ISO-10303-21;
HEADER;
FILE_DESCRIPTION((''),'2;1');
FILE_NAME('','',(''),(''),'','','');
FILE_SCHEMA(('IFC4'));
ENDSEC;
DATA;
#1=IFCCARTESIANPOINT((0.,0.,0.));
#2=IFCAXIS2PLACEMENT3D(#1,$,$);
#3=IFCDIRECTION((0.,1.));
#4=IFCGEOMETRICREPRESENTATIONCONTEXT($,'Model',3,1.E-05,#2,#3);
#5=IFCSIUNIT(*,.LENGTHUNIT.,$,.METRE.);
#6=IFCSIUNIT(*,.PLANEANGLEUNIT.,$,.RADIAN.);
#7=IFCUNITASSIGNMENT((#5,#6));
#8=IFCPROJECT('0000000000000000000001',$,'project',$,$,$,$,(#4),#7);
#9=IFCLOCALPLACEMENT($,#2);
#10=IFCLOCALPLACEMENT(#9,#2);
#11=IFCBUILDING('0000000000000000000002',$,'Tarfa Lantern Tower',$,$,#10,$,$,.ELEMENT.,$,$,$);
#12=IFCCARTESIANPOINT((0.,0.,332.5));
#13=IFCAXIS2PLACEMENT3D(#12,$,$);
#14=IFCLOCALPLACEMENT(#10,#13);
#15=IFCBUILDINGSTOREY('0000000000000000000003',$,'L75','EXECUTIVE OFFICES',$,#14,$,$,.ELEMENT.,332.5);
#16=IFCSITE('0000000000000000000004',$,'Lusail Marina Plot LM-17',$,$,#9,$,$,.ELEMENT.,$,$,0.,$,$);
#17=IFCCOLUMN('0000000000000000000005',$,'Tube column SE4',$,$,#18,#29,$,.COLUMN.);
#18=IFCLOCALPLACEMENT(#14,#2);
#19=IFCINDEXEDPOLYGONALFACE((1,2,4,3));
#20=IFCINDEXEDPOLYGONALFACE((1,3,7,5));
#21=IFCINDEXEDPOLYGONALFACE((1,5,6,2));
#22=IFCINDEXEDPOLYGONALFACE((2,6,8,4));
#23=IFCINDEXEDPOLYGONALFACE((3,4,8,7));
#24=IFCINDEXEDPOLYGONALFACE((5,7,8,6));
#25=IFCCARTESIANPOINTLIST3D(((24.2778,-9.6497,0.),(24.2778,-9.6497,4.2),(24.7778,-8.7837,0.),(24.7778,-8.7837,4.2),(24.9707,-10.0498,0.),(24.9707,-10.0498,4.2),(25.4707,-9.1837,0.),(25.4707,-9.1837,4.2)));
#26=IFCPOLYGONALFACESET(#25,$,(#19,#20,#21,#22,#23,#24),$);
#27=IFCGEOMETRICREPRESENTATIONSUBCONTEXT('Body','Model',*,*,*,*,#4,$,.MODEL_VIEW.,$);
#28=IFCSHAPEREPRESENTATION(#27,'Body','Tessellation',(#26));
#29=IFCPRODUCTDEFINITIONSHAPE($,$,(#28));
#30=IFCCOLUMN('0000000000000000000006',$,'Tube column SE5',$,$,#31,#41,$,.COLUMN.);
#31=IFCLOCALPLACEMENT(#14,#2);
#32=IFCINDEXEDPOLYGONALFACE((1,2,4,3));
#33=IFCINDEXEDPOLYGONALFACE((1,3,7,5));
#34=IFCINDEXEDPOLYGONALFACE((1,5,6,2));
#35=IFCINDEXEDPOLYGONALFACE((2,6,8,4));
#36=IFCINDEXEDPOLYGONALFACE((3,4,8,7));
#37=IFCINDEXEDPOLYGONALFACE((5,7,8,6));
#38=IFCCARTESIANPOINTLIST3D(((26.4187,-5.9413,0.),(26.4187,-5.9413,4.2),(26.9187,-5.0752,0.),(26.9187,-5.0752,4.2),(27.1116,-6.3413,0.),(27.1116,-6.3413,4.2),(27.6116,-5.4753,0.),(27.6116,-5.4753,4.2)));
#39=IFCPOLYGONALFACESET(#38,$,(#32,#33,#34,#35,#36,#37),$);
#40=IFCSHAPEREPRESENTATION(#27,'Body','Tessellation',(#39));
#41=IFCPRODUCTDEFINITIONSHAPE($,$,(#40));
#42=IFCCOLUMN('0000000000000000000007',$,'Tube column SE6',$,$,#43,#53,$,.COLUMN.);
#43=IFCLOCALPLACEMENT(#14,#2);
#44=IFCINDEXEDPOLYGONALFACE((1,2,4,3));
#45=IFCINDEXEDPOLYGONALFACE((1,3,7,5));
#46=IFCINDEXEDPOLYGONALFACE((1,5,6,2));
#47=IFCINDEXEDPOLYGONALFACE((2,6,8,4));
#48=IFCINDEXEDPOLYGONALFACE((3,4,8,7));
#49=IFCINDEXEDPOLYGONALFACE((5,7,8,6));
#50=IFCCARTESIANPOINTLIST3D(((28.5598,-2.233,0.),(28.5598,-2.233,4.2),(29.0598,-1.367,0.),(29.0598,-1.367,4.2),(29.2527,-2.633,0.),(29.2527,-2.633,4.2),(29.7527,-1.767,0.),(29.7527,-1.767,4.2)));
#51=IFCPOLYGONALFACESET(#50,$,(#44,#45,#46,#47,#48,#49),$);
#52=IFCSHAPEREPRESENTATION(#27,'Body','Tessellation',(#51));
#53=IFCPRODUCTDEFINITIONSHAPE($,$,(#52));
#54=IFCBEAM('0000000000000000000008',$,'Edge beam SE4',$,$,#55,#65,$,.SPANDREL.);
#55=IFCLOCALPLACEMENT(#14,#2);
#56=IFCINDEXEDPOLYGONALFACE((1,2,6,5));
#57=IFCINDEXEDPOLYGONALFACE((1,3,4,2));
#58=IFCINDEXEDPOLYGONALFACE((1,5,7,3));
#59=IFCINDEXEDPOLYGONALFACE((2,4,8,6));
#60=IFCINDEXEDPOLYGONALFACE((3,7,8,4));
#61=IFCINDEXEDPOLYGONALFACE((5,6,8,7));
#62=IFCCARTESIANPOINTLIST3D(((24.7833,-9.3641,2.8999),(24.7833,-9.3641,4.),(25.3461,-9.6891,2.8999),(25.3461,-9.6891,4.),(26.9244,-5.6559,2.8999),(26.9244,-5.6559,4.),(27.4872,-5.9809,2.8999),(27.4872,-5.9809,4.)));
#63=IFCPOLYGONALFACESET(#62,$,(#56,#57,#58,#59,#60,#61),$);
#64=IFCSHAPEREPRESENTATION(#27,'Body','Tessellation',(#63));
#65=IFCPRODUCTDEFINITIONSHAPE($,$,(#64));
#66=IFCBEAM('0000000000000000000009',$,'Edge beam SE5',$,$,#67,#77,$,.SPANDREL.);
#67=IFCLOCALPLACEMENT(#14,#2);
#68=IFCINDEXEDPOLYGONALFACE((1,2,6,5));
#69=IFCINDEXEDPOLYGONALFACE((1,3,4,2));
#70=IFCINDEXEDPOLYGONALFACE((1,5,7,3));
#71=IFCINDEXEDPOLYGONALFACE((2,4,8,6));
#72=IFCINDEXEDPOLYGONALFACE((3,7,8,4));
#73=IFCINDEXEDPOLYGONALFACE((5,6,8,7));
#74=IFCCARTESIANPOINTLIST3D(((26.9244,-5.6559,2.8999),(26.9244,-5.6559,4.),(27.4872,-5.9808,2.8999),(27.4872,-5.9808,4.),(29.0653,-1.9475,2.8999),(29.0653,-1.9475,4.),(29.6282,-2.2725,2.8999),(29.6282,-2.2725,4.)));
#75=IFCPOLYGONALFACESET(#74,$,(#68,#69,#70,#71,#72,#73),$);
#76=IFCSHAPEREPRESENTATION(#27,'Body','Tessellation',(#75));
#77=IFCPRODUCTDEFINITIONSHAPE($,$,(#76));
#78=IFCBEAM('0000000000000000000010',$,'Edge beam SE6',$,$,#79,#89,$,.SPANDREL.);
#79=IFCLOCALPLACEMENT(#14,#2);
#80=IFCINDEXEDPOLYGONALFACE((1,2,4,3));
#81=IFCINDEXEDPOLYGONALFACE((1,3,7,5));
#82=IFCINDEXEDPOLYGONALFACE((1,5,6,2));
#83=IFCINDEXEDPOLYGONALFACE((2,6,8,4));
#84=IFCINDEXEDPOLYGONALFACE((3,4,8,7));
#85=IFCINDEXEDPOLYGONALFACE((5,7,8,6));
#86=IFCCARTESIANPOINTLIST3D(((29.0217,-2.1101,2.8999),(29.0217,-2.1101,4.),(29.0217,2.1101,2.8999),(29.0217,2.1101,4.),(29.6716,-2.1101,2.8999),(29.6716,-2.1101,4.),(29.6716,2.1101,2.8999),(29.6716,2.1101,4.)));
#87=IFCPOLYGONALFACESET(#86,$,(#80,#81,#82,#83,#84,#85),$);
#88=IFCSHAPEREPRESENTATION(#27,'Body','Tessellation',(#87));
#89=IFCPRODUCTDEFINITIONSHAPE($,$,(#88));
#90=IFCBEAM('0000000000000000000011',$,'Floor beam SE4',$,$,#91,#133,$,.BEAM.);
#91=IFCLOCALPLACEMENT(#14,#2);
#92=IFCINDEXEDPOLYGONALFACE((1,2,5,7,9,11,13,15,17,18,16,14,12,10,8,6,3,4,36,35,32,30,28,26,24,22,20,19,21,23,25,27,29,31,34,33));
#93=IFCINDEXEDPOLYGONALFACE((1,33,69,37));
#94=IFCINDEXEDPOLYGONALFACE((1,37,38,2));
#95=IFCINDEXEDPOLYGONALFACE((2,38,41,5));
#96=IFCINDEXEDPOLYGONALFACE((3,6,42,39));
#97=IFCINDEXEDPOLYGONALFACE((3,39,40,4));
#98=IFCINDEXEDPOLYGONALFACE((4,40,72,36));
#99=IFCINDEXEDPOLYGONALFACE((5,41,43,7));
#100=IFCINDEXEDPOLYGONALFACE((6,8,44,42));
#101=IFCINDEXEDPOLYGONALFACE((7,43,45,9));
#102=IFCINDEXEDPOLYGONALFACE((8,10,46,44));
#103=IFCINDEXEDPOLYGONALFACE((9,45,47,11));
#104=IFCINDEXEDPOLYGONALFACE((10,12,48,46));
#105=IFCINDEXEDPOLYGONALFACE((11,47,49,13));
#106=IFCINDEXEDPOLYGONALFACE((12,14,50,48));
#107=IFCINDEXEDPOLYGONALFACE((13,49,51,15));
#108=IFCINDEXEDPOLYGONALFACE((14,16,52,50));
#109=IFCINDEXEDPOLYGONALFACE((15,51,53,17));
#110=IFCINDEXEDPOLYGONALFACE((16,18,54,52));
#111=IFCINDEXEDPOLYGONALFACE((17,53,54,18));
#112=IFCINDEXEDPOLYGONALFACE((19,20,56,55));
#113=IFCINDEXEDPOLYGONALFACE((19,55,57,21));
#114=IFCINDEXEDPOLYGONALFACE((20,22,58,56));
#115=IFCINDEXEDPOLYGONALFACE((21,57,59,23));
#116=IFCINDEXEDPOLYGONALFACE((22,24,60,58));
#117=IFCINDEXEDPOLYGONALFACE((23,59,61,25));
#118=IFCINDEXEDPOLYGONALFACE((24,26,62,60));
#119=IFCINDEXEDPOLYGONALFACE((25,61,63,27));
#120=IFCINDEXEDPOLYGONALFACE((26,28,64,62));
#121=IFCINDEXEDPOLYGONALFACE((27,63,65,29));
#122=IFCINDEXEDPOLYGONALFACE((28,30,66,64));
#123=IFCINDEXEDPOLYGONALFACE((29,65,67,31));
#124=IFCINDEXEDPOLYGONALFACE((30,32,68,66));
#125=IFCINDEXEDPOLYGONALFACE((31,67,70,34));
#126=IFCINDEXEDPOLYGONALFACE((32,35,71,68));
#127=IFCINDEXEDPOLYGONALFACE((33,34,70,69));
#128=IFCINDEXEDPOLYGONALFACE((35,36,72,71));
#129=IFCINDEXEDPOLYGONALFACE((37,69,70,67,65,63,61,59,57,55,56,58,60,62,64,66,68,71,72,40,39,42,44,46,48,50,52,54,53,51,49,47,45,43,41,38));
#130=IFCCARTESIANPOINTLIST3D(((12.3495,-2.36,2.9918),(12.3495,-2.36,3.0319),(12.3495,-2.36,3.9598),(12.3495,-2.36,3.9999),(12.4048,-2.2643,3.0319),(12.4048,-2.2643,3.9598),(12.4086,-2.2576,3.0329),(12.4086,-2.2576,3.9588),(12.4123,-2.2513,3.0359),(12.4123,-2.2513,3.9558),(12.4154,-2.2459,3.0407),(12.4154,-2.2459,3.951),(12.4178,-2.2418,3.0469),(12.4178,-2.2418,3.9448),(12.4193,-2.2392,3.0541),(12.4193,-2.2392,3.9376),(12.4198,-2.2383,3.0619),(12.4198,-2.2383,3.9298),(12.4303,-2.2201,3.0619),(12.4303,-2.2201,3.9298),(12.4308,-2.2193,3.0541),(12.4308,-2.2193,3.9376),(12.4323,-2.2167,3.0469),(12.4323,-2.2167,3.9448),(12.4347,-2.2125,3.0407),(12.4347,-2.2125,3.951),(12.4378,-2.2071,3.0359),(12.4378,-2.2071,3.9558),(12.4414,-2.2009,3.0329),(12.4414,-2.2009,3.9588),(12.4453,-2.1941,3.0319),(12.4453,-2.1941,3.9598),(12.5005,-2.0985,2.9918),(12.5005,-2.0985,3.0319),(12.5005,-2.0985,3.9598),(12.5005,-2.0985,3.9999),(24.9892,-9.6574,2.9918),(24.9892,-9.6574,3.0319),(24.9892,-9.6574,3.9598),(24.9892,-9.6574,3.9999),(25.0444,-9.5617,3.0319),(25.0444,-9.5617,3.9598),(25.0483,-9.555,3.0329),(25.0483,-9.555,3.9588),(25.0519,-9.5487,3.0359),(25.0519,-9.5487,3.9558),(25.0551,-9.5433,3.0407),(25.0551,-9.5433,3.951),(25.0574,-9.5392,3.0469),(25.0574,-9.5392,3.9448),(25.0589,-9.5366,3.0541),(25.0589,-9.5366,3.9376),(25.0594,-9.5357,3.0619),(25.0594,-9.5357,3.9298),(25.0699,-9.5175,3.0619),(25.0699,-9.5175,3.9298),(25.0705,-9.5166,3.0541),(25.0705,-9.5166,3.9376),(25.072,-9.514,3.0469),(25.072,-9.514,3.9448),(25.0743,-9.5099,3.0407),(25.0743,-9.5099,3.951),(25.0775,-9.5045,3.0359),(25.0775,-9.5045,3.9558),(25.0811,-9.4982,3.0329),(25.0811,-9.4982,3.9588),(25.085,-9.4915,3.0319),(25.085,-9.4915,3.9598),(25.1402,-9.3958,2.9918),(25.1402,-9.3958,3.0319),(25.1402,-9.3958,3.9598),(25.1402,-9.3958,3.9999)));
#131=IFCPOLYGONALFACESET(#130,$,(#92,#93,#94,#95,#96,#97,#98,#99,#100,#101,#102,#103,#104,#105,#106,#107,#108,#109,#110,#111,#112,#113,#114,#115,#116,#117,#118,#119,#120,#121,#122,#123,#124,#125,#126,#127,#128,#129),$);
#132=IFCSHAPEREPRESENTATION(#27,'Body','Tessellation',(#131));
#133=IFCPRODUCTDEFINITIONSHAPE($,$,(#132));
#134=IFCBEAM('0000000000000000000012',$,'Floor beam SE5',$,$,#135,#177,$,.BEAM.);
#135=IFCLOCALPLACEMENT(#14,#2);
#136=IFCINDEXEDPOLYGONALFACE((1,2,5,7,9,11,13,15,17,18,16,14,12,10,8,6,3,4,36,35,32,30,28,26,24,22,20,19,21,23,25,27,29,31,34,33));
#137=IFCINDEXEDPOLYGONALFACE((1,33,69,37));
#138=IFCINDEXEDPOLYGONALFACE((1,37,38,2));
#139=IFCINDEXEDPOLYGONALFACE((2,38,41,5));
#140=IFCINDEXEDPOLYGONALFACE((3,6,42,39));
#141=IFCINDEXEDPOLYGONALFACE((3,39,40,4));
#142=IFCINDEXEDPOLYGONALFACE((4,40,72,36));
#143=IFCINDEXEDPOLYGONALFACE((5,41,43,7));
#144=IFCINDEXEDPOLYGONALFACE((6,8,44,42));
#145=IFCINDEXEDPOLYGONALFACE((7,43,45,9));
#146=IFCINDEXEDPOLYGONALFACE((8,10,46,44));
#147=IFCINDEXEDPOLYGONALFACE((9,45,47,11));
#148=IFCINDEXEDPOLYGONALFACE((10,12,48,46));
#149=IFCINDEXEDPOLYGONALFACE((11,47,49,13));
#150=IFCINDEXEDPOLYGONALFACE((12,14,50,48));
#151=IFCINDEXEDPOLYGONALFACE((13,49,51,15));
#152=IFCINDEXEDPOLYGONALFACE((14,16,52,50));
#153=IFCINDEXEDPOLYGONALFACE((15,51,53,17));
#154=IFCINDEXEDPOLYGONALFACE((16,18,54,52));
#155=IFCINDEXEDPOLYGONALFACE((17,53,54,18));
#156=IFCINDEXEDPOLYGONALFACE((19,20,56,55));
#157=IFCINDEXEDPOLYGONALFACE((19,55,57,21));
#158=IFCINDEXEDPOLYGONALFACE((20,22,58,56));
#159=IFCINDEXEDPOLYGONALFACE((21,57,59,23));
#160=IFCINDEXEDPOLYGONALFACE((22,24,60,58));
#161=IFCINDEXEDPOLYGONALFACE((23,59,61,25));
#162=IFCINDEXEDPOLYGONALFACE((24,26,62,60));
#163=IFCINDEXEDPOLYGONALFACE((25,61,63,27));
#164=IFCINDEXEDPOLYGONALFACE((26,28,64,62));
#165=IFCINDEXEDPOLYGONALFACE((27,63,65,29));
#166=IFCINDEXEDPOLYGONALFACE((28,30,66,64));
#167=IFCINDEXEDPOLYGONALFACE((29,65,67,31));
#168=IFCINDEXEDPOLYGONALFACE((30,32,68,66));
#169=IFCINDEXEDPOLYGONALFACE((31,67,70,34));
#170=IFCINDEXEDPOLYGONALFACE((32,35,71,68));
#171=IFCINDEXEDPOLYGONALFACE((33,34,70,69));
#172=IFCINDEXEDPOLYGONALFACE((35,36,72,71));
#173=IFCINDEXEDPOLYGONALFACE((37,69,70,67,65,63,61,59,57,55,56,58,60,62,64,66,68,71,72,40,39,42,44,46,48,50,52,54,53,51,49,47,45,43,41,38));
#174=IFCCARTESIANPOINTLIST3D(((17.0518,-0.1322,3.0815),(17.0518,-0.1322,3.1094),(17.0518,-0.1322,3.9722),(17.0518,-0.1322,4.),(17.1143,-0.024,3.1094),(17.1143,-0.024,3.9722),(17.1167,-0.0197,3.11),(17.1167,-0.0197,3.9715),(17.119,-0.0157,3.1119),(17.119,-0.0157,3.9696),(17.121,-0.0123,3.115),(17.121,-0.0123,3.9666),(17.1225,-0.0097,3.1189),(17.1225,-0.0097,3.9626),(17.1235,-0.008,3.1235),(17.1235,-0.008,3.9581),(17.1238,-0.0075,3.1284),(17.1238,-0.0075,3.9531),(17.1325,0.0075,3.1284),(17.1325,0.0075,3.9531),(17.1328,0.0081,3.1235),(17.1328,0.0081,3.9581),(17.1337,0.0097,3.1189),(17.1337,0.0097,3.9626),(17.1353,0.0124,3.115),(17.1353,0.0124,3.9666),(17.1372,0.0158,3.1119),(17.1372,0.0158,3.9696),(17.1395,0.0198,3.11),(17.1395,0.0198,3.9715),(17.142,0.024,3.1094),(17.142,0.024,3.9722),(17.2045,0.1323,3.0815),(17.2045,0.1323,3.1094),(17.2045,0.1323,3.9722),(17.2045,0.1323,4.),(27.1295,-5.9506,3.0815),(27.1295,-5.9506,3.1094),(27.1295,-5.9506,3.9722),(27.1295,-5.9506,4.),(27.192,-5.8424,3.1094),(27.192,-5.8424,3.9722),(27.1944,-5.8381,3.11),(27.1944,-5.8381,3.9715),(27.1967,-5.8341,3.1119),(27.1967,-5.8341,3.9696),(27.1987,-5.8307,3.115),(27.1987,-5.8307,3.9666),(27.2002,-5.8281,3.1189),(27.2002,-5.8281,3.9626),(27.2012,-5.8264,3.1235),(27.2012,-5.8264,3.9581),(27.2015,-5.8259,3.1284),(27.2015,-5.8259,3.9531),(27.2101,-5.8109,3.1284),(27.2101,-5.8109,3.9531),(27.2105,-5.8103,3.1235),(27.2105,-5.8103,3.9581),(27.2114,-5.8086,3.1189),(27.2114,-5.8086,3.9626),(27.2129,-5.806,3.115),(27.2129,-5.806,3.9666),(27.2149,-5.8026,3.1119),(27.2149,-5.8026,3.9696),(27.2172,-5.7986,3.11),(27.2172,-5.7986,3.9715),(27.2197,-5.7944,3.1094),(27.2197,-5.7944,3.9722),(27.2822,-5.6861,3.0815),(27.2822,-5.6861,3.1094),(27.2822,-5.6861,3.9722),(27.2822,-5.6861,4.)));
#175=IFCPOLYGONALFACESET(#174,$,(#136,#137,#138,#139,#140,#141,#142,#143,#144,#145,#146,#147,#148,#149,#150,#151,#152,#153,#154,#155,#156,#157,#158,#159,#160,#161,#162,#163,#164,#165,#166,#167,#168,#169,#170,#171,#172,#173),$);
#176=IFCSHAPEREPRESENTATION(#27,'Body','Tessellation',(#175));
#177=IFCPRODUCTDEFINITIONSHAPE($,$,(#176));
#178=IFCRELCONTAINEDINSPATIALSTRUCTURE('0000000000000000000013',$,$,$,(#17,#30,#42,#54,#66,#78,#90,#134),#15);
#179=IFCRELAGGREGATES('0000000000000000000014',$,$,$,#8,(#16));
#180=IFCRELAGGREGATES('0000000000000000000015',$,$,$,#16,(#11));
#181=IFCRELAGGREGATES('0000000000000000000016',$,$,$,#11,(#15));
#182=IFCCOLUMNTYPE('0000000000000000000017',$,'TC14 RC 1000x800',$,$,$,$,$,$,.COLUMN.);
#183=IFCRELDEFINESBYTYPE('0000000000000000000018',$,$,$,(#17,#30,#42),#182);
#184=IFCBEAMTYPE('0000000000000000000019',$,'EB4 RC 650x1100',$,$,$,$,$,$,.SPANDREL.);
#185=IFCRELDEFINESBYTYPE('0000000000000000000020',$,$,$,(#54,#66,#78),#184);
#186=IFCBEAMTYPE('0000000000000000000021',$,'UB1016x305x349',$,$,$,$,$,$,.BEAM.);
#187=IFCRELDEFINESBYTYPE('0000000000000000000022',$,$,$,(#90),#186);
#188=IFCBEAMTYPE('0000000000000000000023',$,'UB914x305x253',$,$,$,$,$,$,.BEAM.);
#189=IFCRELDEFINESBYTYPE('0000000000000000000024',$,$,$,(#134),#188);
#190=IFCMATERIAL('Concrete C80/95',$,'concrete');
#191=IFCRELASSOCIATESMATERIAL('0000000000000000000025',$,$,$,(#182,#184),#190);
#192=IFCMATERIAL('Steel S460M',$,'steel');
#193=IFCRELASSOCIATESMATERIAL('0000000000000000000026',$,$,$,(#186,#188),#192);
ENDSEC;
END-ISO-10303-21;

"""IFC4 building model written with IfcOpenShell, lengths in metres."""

from ifc_helpers import new_model, si_unit, direction, frame, origin, origin_2d, place, context, subcontext, project, spatial, rectangle, i_section, extrude, material, material_profile, profile_set, type_object, element, save


model = new_model("IFC4")

# Units and contexts
model_context = context("Model", 3, precision=1e-05, world=origin(), true_north=direction((0.0, 1.0)))
body_context = subcontext(model_context, "Body", "Model", "MODEL_VIEW")
ifc_project = project(units=[si_unit("LENGTHUNIT", "METRE"), si_unit("PLANEANGLEUNIT", "RADIAN")], contexts=[model_context])

# Site, building, storey
site_placement = place(None, origin())
site = spatial("IfcSite", under=ifc_project, at=site_placement, Name="Lusail Marina Plot LM-17", CompositionType="ELEMENT", RefElevation=0.0)
building_placement = place(site_placement, origin())
building = spatial("IfcBuilding", under=site, at=building_placement, Name="Tarfa Lantern Tower", CompositionType="ELEMENT")
storey_placement = place(building_placement, frame((0.0, 0.0, 332.5)))
storey = spatial("IfcBuildingStorey", under=building, at=storey_placement, Name="L75", Description="EXECUTIVE OFFICES", CompositionType="ELEMENT", Elevation=332.5)

# Columns
ifc_material_1 = material(Name="Concrete C80/95", Category="concrete")
ifc_material_profile_1 = material_profile(ifc_material_1, rectangle(XDim=1.0, YDim=0.8, at=origin_2d()), Name="RC 1000x800")
ifc_profile_set_1 = profile_set([ifc_material_profile_1], Name="Concrete C80/95")
column_type = type_object("IfcColumnType", Name="TC14 RC 1000x800", PredefinedType="COLUMN", material=ifc_profile_set_1)
for number, where, z_axis, x_axis, name in (
    (1, (24.8743, -9.4167, 0.0), (0.0, 0.0, 1.0), (0.5, 0.866025, 0.0), "Tube column SE4"),
    (2, (27.0151, -5.7083, 0.0), (0.0, 0.0, 1.0), (0.5, 0.866025, 0.0), "Tube column SE5"),
    (3, (29.1562, -2.0, 0.0), (0.0, 0.0, 1.0), (0.5, 0.866025, 0.0), "Tube column SE6"),
):
    element("IfcColumn", number, at=place(storey_placement, frame(where, z_axis=z_axis, x_axis=x_axis)), inside=storey, type_object=column_type, Name=name, PredefinedType="COLUMN", context=body_context, shape_type="SweptSolid", body=[
        extrude(rectangle(XDim=1.0, YDim=0.8, at=origin_2d()), origin(), (0.0, 0.0, 1.0), 4.2),
    ])

# Beams
ifc_material_profile_2 = material_profile(ifc_material_1, rectangle(XDim=0.6499, YDim=1.1001, at=origin_2d()), Name="RC 650x1100")
ifc_profile_set_2 = profile_set([ifc_material_profile_2], Name="Concrete C80/95")
beam_type_1 = type_object("IfcBeamType", Name="EB4 RC 650x1100", PredefinedType="SPANDREL", material=ifc_profile_set_2)
for number, where, z_axis, x_axis, name in (
    (4, (25.0647, -9.5266, 3.45), (0.500027, 0.86601, 0.0), (-0.86601, 0.500027, 0.0), "Edge beam SE4"),
    (5, (27.2058, -5.8184, 3.45), (0.499984, 0.866035, 0.0), (-0.866035, 0.499984, 0.0), "Edge beam SE5"),
):
    element("IfcBeam", number, at=place(storey_placement, frame(where, z_axis=z_axis, x_axis=x_axis)), inside=storey, type_object=beam_type_1, Name=name, PredefinedType="SPANDREL", context=body_context, shape_type="SweptSolid", body=[
        extrude(rectangle(XDim=0.6499, YDim=1.1001, at=origin_2d()), origin(), (0.0, 0.0, 1.0), 4.282),
    ])
beam_1_placement = place(storey_placement, frame((29.3467, -2.1101, 3.45), z_axis=(0.0, 1.0, 0.0), x_axis=(-1.0, 0.0, 0.0)))
element("IfcBeam", 6, at=beam_1_placement, inside=storey, type_object=beam_type_1, Name="Edge beam SE6", PredefinedType="SPANDREL", context=body_context, shape_type="SweptSolid", body=[
    extrude(rectangle(XDim=0.6499, YDim=1.1001, at=origin_2d()), origin(), (0.0, 0.0, 1.0), 4.2202),
])
ifc_material_2 = material(Name="Steel S460M", Category="steel")
ifc_material_profile_3 = material_profile(ifc_material_2, i_section(OverallWidth=0.302, OverallDepth=1.0081, WebThickness=0.021, FlangeThickness=0.04, FilletRadius=0.03, at=origin_2d()), Name="UB1016x305x349")
ifc_profile_set_3 = profile_set([ifc_material_profile_3], Name="Steel S460M")
beam_type_2 = type_object("IfcBeamType", Name="UB1016x305x349", PredefinedType="BEAM", material=ifc_profile_set_3)
beam_2_placement = place(storey_placement, frame((25.0647, -9.5266, 3.4958), z_axis=(-0.86603, 0.499993, 0.0), x_axis=(-0.499993, -0.86603, 0.0)))
element("IfcBeam", 7, at=beam_2_placement, inside=storey, type_object=beam_type_2, Name="Floor beam SE4", PredefinedType="BEAM", context=body_context, shape_type="SweptSolid", body=[
    extrude(i_section(OverallWidth=0.302, OverallDepth=1.0081, WebThickness=0.021, FlangeThickness=0.04, FilletRadius=0.03, at=origin_2d()), origin(), (0.0, 0.0, 1.0), 14.595),
])
ifc_material_profile_4 = material_profile(ifc_material_2, i_section(OverallWidth=0.3054, OverallDepth=0.9185, WebThickness=0.0173, FlangeThickness=0.0278, FilletRadius=0.019, at=origin_2d()), Name="UB914x305x253")
ifc_profile_set_4 = profile_set([ifc_material_profile_4], Name="Steel S460M")
beam_type_3 = type_object("IfcBeamType", Name="UB914x305x253", PredefinedType="BEAM", material=ifc_profile_set_4)
beam_3_placement = place(storey_placement, frame((27.2058, -5.8184, 3.5408), z_axis=(-0.866024, 0.500002, 0.0), x_axis=(-0.500002, -0.866024, 0.0)))
element("IfcBeam", 8, at=beam_3_placement, inside=storey, type_object=beam_type_3, Name="Floor beam SE5", PredefinedType="BEAM", context=body_context, shape_type="SweptSolid", body=[
    extrude(i_section(OverallWidth=0.3054, OverallDepth=0.9185, WebThickness=0.0173, FlangeThickness=0.0278, FilletRadius=0.019, at=origin_2d()), origin(), (0.0, 0.0, 1.0), 11.6367),
])

save(model, "model.ifc")
